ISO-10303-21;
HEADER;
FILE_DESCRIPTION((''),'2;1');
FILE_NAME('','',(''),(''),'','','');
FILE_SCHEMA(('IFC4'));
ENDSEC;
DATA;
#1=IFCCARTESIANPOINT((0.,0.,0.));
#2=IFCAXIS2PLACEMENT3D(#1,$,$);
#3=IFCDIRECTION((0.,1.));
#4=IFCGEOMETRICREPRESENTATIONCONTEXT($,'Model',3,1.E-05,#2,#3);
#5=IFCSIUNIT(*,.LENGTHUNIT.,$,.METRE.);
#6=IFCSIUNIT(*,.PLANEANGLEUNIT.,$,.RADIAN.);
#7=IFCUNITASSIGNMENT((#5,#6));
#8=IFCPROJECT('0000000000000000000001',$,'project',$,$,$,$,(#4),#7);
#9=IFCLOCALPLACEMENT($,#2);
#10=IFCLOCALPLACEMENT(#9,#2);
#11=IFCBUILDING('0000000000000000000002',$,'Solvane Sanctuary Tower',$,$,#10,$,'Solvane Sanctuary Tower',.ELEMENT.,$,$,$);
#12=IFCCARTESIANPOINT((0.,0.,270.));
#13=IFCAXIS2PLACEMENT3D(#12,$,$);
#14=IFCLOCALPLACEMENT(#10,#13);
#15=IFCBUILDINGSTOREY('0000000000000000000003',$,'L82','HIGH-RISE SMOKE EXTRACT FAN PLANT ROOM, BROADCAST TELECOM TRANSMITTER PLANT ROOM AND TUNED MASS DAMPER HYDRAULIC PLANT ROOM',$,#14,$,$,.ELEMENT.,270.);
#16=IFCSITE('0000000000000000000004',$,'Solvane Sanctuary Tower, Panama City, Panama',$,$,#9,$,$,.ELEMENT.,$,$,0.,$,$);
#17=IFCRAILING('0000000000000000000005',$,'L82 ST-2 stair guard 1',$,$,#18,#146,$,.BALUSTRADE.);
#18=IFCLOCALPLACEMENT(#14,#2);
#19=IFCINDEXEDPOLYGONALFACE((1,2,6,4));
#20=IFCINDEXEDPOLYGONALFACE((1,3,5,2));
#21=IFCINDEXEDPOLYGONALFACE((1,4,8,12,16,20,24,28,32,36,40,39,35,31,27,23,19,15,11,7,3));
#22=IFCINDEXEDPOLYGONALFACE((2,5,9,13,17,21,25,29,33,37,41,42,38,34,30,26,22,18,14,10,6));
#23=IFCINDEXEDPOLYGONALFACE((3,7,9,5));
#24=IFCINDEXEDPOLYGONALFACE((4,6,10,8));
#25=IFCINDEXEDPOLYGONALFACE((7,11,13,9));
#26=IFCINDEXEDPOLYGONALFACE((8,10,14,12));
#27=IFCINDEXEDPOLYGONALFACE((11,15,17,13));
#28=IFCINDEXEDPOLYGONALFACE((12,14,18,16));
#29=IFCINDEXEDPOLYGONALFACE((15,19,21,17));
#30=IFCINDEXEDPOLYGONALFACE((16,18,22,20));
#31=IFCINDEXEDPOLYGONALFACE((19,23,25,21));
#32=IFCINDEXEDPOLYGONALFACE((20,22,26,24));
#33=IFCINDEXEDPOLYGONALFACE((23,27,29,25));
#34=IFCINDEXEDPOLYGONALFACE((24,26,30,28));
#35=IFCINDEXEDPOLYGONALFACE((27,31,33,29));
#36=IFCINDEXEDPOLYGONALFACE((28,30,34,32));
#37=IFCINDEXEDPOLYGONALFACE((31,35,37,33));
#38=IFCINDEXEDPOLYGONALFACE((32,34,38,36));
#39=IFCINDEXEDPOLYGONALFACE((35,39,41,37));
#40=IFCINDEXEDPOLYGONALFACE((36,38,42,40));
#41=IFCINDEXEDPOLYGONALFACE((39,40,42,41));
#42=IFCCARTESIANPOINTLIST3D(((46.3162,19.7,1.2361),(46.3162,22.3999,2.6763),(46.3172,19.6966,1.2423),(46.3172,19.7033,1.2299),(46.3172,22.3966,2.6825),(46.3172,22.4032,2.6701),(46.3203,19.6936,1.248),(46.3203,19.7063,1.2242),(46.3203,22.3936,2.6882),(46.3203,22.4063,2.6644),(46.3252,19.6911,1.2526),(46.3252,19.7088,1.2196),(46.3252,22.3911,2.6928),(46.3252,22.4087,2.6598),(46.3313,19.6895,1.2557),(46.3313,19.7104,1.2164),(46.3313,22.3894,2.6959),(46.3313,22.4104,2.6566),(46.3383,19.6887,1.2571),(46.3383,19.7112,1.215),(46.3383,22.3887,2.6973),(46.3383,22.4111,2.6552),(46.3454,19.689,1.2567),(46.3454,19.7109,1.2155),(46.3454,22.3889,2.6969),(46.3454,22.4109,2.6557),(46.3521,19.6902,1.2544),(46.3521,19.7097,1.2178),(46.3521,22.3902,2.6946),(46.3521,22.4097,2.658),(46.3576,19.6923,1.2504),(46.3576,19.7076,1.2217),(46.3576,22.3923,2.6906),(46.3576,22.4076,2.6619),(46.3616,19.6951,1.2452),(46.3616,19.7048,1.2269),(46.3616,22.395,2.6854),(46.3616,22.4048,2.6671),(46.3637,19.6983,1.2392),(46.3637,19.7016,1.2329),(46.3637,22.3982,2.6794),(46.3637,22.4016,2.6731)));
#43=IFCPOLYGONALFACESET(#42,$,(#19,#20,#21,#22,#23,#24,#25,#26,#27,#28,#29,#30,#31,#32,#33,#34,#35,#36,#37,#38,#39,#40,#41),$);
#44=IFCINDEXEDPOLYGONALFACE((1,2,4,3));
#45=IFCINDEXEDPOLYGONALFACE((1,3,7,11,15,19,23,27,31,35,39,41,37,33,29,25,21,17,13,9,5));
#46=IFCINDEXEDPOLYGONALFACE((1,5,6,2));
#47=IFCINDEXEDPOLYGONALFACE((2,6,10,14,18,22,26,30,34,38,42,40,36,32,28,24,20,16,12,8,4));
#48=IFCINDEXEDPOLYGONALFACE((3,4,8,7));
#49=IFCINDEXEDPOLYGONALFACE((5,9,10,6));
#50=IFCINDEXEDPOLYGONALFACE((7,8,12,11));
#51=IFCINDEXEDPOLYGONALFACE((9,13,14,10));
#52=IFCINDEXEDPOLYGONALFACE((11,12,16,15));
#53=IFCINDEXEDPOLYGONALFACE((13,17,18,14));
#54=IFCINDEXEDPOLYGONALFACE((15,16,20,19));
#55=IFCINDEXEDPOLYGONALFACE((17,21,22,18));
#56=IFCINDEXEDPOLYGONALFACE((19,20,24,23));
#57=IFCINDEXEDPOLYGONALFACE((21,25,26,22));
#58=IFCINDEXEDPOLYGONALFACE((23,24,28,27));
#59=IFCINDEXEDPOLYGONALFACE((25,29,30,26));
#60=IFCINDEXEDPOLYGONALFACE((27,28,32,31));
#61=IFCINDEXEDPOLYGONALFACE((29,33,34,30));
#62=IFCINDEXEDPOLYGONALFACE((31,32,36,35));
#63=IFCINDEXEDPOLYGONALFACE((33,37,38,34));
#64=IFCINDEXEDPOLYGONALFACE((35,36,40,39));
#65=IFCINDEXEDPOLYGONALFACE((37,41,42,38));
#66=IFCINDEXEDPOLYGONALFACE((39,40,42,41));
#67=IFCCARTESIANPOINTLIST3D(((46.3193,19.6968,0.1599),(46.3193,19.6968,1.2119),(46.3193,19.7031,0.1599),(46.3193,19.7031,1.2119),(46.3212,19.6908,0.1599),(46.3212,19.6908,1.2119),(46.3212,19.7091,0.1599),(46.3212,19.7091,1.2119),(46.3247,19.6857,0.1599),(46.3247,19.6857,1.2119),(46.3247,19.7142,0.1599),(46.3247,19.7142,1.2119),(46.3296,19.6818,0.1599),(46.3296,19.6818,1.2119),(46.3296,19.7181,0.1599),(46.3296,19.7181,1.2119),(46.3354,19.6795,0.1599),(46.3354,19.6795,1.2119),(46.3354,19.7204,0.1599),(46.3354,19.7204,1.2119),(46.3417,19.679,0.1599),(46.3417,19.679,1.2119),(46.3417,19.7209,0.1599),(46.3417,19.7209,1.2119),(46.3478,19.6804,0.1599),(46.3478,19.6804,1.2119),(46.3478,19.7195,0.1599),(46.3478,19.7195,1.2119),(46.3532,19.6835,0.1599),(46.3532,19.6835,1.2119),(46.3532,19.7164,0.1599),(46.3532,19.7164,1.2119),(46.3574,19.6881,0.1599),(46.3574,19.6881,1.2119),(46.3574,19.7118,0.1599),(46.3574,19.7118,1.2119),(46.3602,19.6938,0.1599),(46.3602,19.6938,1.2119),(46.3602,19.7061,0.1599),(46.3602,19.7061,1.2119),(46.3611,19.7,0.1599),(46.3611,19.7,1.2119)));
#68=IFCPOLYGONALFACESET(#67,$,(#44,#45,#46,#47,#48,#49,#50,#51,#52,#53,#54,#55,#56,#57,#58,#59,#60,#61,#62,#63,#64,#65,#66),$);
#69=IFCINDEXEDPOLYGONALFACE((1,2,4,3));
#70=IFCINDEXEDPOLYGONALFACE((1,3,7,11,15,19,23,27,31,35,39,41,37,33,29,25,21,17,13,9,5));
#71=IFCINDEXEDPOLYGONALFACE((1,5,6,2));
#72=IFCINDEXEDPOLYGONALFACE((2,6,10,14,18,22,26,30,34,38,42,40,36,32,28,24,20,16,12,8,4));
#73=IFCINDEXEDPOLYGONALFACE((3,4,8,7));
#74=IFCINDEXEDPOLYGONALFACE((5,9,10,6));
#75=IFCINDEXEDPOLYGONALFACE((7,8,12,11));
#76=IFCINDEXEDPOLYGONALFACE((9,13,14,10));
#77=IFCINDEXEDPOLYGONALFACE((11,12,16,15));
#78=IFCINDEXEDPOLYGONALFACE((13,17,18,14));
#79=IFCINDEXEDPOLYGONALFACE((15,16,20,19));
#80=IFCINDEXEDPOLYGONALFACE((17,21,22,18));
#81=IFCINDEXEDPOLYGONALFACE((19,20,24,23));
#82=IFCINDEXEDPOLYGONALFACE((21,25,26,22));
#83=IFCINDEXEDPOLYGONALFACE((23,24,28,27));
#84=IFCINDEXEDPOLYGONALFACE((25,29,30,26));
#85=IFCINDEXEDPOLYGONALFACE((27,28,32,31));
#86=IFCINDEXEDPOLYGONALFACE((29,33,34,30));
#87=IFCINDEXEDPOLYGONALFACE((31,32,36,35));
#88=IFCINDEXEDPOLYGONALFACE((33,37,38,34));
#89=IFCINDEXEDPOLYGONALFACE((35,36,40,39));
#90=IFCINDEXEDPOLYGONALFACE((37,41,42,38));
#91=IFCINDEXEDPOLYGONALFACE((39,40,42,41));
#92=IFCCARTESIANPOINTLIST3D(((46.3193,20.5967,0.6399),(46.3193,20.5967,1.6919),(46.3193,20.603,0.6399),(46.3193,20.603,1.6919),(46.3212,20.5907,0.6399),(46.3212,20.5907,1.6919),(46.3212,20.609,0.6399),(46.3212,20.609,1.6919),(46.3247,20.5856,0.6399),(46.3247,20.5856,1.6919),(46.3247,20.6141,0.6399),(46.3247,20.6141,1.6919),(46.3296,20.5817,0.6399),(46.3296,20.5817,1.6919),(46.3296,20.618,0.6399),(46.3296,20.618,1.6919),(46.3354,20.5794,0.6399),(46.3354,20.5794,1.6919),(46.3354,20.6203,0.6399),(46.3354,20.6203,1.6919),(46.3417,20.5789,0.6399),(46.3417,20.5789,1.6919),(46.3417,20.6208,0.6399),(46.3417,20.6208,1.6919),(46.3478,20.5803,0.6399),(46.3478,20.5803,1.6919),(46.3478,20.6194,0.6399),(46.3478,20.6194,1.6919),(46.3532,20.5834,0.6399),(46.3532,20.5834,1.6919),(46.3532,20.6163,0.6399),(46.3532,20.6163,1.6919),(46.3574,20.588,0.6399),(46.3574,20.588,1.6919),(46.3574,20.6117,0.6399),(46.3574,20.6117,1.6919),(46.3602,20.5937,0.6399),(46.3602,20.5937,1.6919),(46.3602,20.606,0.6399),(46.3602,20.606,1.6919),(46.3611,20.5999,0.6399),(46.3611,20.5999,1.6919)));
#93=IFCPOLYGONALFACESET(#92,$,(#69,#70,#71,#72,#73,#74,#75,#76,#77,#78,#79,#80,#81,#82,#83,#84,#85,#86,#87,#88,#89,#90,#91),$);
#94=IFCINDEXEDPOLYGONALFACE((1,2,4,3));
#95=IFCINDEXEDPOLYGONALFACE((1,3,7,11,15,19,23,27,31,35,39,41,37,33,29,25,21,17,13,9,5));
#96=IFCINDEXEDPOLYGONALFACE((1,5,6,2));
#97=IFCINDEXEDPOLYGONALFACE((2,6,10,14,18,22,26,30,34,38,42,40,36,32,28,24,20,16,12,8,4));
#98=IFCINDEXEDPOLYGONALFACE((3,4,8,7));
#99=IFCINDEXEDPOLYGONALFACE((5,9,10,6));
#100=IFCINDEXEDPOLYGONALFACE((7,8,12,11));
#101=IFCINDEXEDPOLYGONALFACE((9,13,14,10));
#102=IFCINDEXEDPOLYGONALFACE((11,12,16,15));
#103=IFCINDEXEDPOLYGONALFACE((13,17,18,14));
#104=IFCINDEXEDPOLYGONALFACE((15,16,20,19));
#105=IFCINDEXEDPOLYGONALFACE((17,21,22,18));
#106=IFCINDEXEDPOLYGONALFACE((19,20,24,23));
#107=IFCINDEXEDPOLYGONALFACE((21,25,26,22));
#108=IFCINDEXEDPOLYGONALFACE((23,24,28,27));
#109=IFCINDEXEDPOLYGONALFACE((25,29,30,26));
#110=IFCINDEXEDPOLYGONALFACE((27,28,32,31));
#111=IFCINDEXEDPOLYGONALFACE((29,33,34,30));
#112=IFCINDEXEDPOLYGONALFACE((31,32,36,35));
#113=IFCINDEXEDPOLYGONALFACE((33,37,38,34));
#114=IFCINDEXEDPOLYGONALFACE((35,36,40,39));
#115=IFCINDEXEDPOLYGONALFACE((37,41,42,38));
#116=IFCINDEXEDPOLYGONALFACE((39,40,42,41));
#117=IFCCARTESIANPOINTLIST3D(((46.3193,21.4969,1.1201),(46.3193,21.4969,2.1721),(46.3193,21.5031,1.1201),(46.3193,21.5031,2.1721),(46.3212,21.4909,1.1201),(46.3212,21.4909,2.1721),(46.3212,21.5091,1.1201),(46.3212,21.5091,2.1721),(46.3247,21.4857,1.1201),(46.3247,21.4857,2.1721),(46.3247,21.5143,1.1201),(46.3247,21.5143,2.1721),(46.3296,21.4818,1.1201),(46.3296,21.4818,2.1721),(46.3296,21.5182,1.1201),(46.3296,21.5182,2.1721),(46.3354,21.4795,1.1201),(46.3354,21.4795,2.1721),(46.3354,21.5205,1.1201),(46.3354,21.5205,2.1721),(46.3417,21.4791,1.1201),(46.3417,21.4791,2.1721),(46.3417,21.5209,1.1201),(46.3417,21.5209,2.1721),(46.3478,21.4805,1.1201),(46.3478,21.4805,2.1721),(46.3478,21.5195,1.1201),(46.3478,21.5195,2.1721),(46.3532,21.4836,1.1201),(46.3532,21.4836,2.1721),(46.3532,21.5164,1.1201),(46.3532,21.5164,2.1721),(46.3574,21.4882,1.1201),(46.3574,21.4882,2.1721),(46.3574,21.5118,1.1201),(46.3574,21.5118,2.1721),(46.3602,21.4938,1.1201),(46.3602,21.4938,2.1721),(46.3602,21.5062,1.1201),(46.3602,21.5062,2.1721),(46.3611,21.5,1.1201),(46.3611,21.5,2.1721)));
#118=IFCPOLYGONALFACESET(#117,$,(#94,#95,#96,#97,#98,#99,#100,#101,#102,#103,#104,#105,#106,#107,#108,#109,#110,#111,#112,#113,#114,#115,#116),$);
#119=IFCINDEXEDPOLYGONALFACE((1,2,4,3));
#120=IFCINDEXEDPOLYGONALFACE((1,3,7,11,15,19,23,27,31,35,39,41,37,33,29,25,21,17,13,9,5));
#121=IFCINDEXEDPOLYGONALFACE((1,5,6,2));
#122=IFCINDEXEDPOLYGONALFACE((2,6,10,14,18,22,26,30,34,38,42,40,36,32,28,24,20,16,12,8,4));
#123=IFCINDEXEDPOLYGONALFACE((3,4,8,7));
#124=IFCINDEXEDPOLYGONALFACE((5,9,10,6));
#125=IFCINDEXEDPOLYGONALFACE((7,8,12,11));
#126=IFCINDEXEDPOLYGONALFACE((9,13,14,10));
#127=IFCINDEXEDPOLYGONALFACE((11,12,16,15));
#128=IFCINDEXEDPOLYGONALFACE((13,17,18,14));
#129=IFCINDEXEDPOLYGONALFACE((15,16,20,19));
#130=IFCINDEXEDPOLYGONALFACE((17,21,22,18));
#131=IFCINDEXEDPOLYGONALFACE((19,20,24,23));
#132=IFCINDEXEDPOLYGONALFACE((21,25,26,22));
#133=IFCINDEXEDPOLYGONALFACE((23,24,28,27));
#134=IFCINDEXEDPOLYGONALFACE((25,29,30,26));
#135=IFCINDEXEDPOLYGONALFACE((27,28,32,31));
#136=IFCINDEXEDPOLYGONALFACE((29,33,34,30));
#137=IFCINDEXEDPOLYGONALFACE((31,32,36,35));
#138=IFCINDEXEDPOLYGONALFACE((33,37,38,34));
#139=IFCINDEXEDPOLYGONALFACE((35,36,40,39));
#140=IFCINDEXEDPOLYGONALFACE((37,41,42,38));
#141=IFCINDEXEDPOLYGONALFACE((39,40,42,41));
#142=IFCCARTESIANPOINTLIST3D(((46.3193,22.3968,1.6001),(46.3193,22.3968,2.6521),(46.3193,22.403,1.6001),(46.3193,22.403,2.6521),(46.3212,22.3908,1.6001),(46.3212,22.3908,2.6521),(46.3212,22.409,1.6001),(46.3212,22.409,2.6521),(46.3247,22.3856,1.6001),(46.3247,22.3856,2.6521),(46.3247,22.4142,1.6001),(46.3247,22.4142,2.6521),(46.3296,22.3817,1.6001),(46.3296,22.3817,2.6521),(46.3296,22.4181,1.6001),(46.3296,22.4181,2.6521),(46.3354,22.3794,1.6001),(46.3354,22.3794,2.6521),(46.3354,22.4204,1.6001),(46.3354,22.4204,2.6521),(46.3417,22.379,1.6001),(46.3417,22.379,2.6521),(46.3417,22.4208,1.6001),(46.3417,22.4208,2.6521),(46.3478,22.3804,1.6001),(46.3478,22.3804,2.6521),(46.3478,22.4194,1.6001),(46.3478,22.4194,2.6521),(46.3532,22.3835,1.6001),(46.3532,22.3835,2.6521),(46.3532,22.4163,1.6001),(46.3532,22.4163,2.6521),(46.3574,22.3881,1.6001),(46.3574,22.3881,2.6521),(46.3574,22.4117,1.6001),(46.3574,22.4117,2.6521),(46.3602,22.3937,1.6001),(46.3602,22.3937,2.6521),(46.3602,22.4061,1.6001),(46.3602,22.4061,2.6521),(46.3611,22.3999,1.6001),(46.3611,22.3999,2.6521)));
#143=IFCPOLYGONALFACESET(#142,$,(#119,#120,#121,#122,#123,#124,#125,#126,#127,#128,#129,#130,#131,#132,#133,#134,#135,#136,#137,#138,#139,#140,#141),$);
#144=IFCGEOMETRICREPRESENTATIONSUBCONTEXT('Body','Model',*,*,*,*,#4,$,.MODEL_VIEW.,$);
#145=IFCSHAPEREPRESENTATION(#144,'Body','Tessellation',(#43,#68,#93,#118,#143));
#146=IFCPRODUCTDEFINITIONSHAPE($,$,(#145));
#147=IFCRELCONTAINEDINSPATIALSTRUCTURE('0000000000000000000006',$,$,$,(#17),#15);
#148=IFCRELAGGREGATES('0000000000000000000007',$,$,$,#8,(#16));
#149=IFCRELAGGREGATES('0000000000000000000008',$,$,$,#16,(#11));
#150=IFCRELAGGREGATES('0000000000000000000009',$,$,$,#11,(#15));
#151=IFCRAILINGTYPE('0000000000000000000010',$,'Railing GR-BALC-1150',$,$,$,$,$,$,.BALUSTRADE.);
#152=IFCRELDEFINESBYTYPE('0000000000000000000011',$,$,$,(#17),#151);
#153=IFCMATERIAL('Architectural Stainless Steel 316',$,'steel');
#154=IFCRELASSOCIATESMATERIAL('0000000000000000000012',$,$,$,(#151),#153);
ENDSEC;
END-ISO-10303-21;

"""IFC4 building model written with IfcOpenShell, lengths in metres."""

from ifc_helpers import new_model, si_unit, direction, frame, origin, origin_2d, place, context, subcontext, project, spatial, circle, extrude, material, type_object, element, save


model = new_model("IFC4")

# Units and contexts
model_context = context("Model", 3, precision=1e-05, world=origin(), true_north=direction((0.0, 1.0)))
body_context = subcontext(model_context, "Body", "Model", "MODEL_VIEW")
ifc_project = project(units=[si_unit("LENGTHUNIT", "METRE"), si_unit("PLANEANGLEUNIT", "RADIAN")], contexts=[model_context])

# Site, building, storey
site_placement = place(None, origin())
site = spatial("IfcSite", under=ifc_project, at=site_placement, Name="Solvane Sanctuary Tower, Panama City, Panama", CompositionType="ELEMENT", RefElevation=0.0)
building_placement = place(site_placement, origin())
building = spatial("IfcBuilding", under=site, at=building_placement, Name="Solvane Sanctuary Tower", LongName="Solvane Sanctuary Tower", CompositionType="ELEMENT")
storey_placement = place(building_placement, frame((0.0, 0.0, 270.0)))
storey = spatial("IfcBuildingStorey", under=building, at=storey_placement, Name="L82", Description="HIGH-RISE SMOKE EXTRACT FAN PLANT ROOM, BROADCAST TELECOM TRANSMITTER PLANT ROOM AND TUNED MASS DAMPER HYDRAULIC PLANT ROOM", CompositionType="ELEMENT", Elevation=270.0)

# Shared definitions
ifc_material_1 = material(Name="Architectural Stainless Steel 316", Category="steel")

# Railing
railing_type_1 = type_object("IfcRailingType", Name="Railing GR-BALC-1150", PredefinedType="BALUSTRADE", material=ifc_material_1)
railing_1_placement = place(storey_placement, frame((46.3401, 19.7, 0.1599)))
element("IfcRailing", 1, at=railing_1_placement, inside=storey, type_object=railing_type_1, Name="L82 ST-2 stair guard 1", PredefinedType="BALUSTRADE", context=body_context, shape_type="SweptSolid", body=[
    extrude(circle(Radius=0.0239, at=origin_2d()), frame((0.0, 0.0, 1.0762), z_axis=(0.0, 0.882324, 0.470642), x_axis=(-1.0, 0.0, 0.0)), (0.0, 0.0, 1.0), 3.0601),
    extrude(circle(Radius=0.021, at=origin_2d()), origin(), (0.0, 0.0, 1.0), 1.052),
    extrude(circle(Radius=0.021, at=origin_2d()), frame((0.0, 0.8999, 0.48)), (0.0, 0.0, 1.0), 1.052),
    extrude(circle(Radius=0.021, at=origin_2d()), frame((0.0, 1.8, 0.9602)), (0.0, 0.0, 1.0), 1.052),
    extrude(circle(Radius=0.021, at=origin_2d()), frame((0.0, 2.7, 1.4402)), (0.0, 0.0, 1.0), 1.052),
])

save(model, "model.ifc")
